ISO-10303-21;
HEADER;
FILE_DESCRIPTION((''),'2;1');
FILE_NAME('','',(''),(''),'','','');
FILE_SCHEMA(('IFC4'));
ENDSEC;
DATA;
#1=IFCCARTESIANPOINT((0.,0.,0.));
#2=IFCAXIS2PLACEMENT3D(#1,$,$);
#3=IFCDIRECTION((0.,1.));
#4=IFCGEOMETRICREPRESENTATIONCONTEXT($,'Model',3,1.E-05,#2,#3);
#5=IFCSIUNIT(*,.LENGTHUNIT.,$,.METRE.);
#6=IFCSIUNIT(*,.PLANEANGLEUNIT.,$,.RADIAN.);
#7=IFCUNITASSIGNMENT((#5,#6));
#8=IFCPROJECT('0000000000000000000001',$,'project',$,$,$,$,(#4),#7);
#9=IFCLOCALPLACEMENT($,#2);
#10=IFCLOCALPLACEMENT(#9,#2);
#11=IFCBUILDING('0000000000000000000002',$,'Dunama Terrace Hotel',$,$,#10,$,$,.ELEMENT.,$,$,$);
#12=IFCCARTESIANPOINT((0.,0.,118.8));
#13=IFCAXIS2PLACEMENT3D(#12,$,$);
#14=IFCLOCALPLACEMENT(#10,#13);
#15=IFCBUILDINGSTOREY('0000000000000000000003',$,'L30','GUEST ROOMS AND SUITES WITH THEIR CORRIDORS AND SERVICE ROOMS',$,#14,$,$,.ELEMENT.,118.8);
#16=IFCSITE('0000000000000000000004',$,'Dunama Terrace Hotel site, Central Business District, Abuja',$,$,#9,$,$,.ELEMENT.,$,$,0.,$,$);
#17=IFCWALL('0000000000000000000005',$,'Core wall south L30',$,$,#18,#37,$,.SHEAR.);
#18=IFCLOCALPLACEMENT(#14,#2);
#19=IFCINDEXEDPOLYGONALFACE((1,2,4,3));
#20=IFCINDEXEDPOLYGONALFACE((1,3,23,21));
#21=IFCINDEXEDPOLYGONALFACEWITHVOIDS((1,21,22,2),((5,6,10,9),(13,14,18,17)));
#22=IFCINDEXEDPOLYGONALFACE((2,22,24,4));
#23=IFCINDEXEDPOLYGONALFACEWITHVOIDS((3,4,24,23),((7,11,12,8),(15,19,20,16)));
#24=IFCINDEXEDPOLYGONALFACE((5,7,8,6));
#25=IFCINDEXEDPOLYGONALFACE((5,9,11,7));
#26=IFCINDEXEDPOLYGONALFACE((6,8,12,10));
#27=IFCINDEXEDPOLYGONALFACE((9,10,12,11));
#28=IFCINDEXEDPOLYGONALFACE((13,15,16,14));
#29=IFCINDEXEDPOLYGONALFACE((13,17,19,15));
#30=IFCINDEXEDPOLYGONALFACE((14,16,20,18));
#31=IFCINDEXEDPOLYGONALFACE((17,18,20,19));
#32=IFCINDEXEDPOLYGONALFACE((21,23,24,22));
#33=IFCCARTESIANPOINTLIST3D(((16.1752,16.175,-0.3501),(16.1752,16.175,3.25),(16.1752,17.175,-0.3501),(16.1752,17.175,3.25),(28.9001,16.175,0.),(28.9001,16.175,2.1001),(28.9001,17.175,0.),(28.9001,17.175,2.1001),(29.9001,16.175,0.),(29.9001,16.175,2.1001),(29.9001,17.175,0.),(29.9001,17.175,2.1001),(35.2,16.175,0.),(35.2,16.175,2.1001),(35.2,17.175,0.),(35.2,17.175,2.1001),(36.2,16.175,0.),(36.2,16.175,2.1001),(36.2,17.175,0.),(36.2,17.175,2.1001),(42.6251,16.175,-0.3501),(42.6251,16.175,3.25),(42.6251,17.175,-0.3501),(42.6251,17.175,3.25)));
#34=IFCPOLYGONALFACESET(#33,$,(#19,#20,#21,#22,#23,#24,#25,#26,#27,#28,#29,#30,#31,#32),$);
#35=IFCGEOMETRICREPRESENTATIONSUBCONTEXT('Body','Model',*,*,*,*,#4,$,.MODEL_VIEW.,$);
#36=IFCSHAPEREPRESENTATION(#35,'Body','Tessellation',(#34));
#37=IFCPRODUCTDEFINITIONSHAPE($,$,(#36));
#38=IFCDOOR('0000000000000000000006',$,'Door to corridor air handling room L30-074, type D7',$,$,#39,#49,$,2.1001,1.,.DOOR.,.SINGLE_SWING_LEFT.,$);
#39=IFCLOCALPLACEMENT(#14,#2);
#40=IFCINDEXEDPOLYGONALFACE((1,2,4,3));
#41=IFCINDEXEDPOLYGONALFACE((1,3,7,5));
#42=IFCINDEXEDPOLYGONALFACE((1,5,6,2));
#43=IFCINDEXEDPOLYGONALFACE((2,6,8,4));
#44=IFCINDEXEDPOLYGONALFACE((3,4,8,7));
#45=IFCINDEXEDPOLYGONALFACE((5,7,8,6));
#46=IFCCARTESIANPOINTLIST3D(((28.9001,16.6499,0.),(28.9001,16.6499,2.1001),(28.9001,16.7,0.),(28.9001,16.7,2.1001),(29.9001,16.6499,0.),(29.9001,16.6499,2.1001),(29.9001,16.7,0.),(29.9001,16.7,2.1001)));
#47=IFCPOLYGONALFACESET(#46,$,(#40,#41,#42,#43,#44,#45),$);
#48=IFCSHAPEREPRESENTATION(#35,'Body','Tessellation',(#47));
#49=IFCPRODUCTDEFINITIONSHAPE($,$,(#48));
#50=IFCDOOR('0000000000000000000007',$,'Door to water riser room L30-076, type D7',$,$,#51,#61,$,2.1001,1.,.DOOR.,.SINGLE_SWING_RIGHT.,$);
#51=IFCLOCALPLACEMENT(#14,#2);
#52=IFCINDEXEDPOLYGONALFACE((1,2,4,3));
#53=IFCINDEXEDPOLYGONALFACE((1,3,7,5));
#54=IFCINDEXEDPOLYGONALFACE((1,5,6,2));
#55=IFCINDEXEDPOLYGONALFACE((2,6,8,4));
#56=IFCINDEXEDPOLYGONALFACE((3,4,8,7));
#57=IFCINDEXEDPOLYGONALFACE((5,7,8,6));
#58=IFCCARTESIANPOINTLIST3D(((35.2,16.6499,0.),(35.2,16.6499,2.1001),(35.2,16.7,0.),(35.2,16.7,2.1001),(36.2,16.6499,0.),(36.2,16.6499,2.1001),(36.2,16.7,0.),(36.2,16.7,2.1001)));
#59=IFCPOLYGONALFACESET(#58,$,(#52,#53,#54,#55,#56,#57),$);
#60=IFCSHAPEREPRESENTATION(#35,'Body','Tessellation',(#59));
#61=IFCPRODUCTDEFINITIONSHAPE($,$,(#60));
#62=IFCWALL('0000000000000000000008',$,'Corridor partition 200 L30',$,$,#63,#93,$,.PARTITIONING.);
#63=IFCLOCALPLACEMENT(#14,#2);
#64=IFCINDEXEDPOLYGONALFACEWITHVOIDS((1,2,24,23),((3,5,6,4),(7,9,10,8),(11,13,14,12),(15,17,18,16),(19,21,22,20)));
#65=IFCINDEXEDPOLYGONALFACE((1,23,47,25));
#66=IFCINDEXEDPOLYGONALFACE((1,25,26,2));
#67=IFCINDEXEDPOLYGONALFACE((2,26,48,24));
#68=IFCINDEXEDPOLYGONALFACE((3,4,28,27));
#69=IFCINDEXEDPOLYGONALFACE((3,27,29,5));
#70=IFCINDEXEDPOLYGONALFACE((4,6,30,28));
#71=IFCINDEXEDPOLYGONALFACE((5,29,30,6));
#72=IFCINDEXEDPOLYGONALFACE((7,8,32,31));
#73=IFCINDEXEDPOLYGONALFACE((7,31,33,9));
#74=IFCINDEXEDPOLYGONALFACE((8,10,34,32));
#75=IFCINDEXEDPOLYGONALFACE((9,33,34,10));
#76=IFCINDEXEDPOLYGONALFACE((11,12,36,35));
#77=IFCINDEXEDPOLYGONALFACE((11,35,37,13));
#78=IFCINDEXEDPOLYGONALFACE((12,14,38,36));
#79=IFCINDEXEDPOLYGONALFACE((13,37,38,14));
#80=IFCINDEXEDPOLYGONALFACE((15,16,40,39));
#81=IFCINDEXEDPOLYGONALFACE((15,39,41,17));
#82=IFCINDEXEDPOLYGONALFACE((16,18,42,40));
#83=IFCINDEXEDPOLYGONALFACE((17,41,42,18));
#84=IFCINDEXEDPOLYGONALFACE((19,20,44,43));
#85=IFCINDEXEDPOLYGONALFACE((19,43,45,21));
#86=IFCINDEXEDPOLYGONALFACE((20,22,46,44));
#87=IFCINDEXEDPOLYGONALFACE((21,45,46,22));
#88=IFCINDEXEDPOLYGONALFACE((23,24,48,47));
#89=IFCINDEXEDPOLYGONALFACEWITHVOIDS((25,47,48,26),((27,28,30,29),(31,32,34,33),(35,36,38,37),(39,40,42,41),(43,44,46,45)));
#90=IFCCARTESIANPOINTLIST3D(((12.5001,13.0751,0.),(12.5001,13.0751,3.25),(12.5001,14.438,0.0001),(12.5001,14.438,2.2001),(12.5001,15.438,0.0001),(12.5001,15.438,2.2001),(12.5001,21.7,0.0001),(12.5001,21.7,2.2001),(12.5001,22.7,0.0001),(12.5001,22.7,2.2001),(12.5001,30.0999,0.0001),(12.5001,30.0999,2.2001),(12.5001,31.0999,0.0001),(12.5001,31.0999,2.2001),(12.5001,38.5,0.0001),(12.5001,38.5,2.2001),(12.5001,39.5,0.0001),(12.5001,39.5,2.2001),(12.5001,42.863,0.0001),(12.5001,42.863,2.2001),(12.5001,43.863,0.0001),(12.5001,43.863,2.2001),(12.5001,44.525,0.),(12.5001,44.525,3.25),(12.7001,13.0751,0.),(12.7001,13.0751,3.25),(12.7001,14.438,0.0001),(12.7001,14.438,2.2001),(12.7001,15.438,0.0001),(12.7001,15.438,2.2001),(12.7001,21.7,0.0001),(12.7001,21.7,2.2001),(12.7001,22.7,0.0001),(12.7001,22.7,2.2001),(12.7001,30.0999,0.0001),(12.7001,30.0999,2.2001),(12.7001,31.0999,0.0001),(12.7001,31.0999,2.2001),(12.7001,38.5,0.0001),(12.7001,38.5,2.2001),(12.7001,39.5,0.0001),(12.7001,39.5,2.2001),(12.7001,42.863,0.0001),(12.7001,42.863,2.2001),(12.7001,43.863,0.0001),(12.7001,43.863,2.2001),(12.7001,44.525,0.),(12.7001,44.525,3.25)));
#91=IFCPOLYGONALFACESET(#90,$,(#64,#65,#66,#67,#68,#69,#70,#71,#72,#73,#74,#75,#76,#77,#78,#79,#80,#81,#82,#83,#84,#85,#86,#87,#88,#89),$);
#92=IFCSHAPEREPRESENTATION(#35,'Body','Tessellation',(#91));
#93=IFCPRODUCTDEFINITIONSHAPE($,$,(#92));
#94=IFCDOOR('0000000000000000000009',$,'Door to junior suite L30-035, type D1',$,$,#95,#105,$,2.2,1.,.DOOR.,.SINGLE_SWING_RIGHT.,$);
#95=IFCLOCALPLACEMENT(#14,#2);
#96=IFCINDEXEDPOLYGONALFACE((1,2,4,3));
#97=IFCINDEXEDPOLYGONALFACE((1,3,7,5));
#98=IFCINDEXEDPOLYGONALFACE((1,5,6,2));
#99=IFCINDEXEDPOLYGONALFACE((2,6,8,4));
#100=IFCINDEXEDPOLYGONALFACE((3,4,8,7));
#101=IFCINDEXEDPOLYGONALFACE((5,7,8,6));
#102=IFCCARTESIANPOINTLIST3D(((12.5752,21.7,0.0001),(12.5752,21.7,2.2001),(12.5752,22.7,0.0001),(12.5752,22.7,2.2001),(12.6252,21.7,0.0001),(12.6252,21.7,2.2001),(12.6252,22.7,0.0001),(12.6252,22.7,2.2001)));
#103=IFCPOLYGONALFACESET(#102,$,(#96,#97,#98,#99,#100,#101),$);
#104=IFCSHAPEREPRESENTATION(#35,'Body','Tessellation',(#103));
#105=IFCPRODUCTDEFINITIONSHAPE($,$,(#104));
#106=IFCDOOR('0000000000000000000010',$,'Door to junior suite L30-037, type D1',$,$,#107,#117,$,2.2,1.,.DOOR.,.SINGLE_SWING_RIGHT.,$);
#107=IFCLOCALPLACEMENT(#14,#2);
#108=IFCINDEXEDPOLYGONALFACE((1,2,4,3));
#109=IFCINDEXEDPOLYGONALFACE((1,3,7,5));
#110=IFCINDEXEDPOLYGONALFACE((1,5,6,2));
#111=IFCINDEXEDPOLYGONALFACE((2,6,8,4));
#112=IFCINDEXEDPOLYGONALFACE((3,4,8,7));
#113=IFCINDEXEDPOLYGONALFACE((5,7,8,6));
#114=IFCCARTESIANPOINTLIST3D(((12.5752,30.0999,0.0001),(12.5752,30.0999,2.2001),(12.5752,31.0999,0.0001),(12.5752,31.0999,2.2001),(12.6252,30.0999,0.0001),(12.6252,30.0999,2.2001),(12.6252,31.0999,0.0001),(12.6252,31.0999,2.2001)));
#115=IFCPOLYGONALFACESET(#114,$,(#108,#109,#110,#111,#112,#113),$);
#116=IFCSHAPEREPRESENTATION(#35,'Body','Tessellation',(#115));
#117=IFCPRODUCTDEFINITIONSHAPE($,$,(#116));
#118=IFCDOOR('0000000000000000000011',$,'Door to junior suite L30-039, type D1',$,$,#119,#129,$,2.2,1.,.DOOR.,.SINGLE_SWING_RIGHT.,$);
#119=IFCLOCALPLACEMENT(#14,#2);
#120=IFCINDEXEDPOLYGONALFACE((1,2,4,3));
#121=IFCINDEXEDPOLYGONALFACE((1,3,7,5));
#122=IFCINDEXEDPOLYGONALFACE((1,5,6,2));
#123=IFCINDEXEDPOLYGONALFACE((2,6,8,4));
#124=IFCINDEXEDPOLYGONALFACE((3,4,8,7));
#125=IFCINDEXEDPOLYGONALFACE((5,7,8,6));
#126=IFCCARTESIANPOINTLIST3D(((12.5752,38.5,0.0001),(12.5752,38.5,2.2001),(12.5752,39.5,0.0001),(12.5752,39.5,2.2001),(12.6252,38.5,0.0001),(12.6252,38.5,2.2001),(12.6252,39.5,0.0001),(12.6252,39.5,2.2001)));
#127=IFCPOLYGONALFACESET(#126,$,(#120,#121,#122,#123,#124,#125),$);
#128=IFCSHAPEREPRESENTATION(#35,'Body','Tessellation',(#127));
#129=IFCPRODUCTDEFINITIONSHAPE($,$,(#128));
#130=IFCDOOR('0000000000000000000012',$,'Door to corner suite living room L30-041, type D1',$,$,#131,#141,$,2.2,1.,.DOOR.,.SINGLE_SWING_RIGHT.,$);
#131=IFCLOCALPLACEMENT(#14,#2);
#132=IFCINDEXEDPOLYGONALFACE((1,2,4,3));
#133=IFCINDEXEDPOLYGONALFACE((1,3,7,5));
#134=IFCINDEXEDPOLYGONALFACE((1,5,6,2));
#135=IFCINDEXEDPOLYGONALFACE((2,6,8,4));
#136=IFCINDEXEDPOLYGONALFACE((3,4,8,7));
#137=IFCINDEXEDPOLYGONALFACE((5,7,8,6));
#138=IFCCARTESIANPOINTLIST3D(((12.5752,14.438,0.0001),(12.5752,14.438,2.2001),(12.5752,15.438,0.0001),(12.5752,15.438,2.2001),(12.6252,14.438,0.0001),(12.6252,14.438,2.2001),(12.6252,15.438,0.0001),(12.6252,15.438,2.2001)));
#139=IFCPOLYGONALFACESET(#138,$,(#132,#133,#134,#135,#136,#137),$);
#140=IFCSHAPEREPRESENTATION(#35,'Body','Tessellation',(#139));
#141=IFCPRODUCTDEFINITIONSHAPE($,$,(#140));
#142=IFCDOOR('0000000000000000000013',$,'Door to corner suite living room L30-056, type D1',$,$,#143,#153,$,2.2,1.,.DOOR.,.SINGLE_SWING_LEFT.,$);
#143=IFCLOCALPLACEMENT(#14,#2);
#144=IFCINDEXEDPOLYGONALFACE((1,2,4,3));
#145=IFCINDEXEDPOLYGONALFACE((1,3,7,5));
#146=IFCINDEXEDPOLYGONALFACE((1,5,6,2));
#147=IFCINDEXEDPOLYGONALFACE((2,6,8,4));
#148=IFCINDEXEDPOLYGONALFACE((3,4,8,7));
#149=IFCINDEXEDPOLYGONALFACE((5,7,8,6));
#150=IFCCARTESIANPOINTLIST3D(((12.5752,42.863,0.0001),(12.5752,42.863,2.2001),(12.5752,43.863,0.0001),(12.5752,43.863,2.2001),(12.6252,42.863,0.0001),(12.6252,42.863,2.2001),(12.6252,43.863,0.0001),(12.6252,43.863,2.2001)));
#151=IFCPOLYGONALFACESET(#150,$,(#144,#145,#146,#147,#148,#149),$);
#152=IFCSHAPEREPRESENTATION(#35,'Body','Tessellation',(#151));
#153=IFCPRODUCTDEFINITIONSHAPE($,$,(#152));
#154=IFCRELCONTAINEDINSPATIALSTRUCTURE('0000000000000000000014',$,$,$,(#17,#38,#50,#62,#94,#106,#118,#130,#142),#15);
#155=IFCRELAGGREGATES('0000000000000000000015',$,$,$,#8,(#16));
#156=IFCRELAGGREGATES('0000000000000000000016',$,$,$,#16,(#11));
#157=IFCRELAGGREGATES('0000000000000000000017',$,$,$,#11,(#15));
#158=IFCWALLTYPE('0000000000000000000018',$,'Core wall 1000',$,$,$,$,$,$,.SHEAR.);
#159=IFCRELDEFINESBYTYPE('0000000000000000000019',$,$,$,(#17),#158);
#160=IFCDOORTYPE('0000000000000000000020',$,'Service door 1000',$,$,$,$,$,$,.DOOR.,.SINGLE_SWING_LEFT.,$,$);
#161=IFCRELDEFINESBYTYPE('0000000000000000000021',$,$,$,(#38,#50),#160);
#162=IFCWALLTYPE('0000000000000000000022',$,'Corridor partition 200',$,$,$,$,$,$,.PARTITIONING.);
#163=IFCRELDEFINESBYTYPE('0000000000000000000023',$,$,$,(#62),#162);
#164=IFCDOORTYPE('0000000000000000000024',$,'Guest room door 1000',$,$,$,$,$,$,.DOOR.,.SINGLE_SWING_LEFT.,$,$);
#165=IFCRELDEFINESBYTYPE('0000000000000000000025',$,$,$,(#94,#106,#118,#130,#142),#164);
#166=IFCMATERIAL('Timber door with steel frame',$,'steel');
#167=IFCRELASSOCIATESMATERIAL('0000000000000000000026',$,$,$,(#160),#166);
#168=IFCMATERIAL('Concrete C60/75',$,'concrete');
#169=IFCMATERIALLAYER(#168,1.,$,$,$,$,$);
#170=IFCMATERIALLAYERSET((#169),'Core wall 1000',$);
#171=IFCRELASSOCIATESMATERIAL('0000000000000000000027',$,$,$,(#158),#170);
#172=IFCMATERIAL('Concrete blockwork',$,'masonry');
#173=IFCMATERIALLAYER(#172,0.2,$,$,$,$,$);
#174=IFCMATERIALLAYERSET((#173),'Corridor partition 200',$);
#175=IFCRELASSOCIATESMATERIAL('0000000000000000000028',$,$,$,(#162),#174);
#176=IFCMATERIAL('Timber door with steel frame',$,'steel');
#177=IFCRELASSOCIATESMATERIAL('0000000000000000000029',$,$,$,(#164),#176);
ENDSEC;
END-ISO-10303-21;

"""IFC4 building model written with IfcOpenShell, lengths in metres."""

from ifc_helpers import new_model, si_unit, direction, frame, frame_2d, origin, place, context, subcontext, project, spatial, rectangle, extrude, material, layer, layer_set, type_object, element, fill, save


model = new_model("IFC4")

# Units and contexts
model_context = context("Model", 3, precision=1e-05, world=origin(), true_north=direction((0.0, 1.0)))
body_context = subcontext(model_context, "Body", "Model", "MODEL_VIEW")
ifc_project = project(units=[si_unit("LENGTHUNIT", "METRE"), si_unit("PLANEANGLEUNIT", "RADIAN")], contexts=[model_context])

# Site, building, storey
site_placement = place(None, origin())
site = spatial("IfcSite", under=ifc_project, at=site_placement, Name="Dunama Terrace Hotel site, Central Business District, Abuja", CompositionType="ELEMENT", RefElevation=0.0)
building_placement = place(site_placement, origin())
building = spatial("IfcBuilding", under=site, at=building_placement, Name="Dunama Terrace Hotel", CompositionType="ELEMENT")
storey_placement = place(building_placement, frame((0.0, 0.0, 118.8)))
storey = spatial("IfcBuildingStorey", under=building, at=storey_placement, Name="L30", Description="GUEST ROOMS AND SUITES WITH THEIR CORRIDORS AND SERVICE ROOMS", CompositionType="ELEMENT", Elevation=118.8)

# Shared definitions
ifc_material_1 = material(Name="Timber door with steel frame", Category="steel")
door_type_1 = type_object("IfcDoorType", Name="Service door 1000", OperationType="SINGLE_SWING_LEFT", PredefinedType="DOOR", material=ifc_material_1)

# Walls, openings, doors
ifc_material_2 = material(Name="Concrete C60/75", Category="concrete")
ifc_layer_1 = layer(ifc_material_2, 1.0)
ifc_layer_set_1 = layer_set([ifc_layer_1], Name="Core wall 1000")
wall_type_1 = type_object("IfcWallType", Name="Core wall 1000", PredefinedType="SHEAR", material=ifc_layer_set_1)
wall_1_placement = place(storey_placement, frame((16.175, 16.675, -0.3501), z_axis=(0.0, 0.0, 1.0), x_axis=(1.0, 0.0, 0.0)))
wall_1 = element("IfcWall", 1, at=wall_1_placement, inside=storey, type_object=wall_type_1, Name="Core wall south L30", PredefinedType="SHEAR", context=body_context, shape_type="SweptSolid", body=[
    extrude(rectangle(XDim=26.45, YDim=1.0, at=frame_2d((13.2251, 0.0))), origin(), (0.0, 0.0, 1.0), 3.6001),
])
opening_1_placement = place(wall_1_placement, frame((12.7251, 0.0, 0.3501)))
opening_1 = element("IfcOpeningElement", 2, at=opening_1_placement, cuts=wall_1, PredefinedType="OPENING", context=body_context, shape_type="SweptSolid", body=[
    extrude(rectangle(XDim=1.0, YDim=2.1001, at=frame_2d((0.5, 1.05))), frame((0.0, 0.51, 0.0), z_axis=(0.0, -1.0, 0.0), x_axis=(1.0, 0.0, 0.0)), (0.0, 0.0, 1.0), 1.02),
])
opening_2_placement = place(wall_1_placement, frame((19.0249, 0.0, 0.3501)))
opening_2 = element("IfcOpeningElement", 3, at=opening_2_placement, cuts=wall_1, PredefinedType="OPENING", context=body_context, shape_type="SweptSolid", body=[
    extrude(rectangle(XDim=1.0, YDim=2.1001, at=frame_2d((0.5, 1.05))), frame((0.0, 0.51, 0.0), z_axis=(0.0, -1.0, 0.0), x_axis=(1.0, 0.0, 0.0)), (0.0, 0.0, 1.0), 1.02),
])
door_1_placement = place(opening_1_placement, origin())
door_1 = element("IfcDoor", 4, at=door_1_placement, inside=storey, type_object=door_type_1, Name="Door to corridor air handling room L30-074, type D7", OperationType="SINGLE_SWING_LEFT", OverallHeight=2.1001, OverallWidth=1.0, PredefinedType="DOOR", context=body_context, shape_type="SweptSolid", body=[
    extrude(rectangle(XDim=1.0, YDim=2.1001, at=frame_2d((0.5, 1.05))), frame((0.0, 0.0249, 0.0), z_axis=(0.0, -1.0, 0.0), x_axis=(1.0, 0.0, 0.0)), (0.0, 0.0, 1.0), 0.05),
])
fill(opening_1, door_1)
door_2_placement = place(opening_2_placement, origin())
door_2 = element("IfcDoor", 5, at=door_2_placement, inside=storey, type_object=door_type_1, Name="Door to water riser room L30-076, type D7", OperationType="SINGLE_SWING_RIGHT", OverallHeight=2.1001, OverallWidth=1.0, PredefinedType="DOOR", context=body_context, shape_type="SweptSolid", body=[
    extrude(rectangle(XDim=1.0, YDim=2.1001, at=frame_2d((0.5, 1.05))), frame((0.0, 0.0249, 0.0), z_axis=(0.0, -1.0, 0.0), x_axis=(1.0, 0.0, 0.0)), (0.0, 0.0, 1.0), 0.05),
])
fill(opening_2, door_2)
ifc_material_3 = material(Name="Concrete blockwork", Category="masonry")
ifc_layer_2 = layer(ifc_material_3, 0.2)
ifc_layer_set_2 = layer_set([ifc_layer_2], Name="Corridor partition 200")
wall_type_2 = type_object("IfcWallType", Name="Corridor partition 200", PredefinedType="PARTITIONING", material=ifc_layer_set_2)
wall_2_placement = place(storey_placement, frame((12.6001, 13.075, 0.0), z_axis=(0.0, 0.0, 1.0), x_axis=(0.0, 1.0, 0.0)))
wall_2 = element("IfcWall", 6, at=wall_2_placement, inside=storey, type_object=wall_type_2, Name="Corridor partition 200 L30", PredefinedType="PARTITIONING", context=body_context, shape_type="SweptSolid", body=[
    extrude(rectangle(XDim=31.45, YDim=0.2, at=frame_2d((15.7251, 0.0))), origin(), (0.0, 0.0, 1.0), 3.25),
])
opening_3_placement = place(wall_2_placement, frame((8.625, 0.0, 0.0)))
opening_3 = element("IfcOpeningElement", 7, at=opening_3_placement, cuts=wall_2, PredefinedType="OPENING", context=body_context, shape_type="SweptSolid", body=[
    extrude(rectangle(XDim=1.0, YDim=2.2, at=frame_2d((0.5, 1.1001))), frame((0.0, 0.1099, 0.0), z_axis=(0.0, -1.0, 0.0), x_axis=(1.0, 0.0, 0.0)), (0.0, 0.0, 1.0), 0.22),
])
opening_4_placement = place(wall_2_placement, frame((17.0249, 0.0, 0.0)))
opening_4 = element("IfcOpeningElement", 8, at=opening_4_placement, cuts=wall_2, PredefinedType="OPENING", context=body_context, shape_type="SweptSolid", body=[
    extrude(rectangle(XDim=1.0, YDim=2.2, at=frame_2d((0.5, 1.1001))), frame((0.0, 0.1099, 0.0), z_axis=(0.0, -1.0, 0.0), x_axis=(1.0, 0.0, 0.0)), (0.0, 0.0, 1.0), 0.22),
])
opening_5_placement = place(wall_2_placement, frame((25.425, 0.0, 0.0)))
opening_5 = element("IfcOpeningElement", 9, at=opening_5_placement, cuts=wall_2, PredefinedType="OPENING", context=body_context, shape_type="SweptSolid", body=[
    extrude(rectangle(XDim=1.0, YDim=2.2, at=frame_2d((0.5, 1.1001))), frame((0.0, 0.1099, 0.0), z_axis=(0.0, -1.0, 0.0), x_axis=(1.0, 0.0, 0.0)), (0.0, 0.0, 1.0), 0.22),
])
opening_6_placement = place(wall_2_placement, frame((1.363, 0.0, 0.0)))
opening_6 = element("IfcOpeningElement", 10, at=opening_6_placement, cuts=wall_2, PredefinedType="OPENING", context=body_context, shape_type="SweptSolid", body=[
    extrude(rectangle(XDim=1.0, YDim=2.2, at=frame_2d((0.5, 1.1001))), frame((0.0, 0.1099, 0.0), z_axis=(0.0, -1.0, 0.0), x_axis=(1.0, 0.0, 0.0)), (0.0, 0.0, 1.0), 0.22),
])
opening_7_placement = place(wall_2_placement, frame((29.7881, 0.0, 0.0)))
opening_7 = element("IfcOpeningElement", 11, at=opening_7_placement, cuts=wall_2, PredefinedType="OPENING", context=body_context, shape_type="SweptSolid", body=[
    extrude(rectangle(XDim=1.0, YDim=2.2, at=frame_2d((0.5, 1.1001))), frame((0.0, 0.1099, 0.0), z_axis=(0.0, -1.0, 0.0), x_axis=(1.0, 0.0, 0.0)), (0.0, 0.0, 1.0), 0.22),
])
ifc_material_4 = material(Name="Timber door with steel frame", Category="steel")
door_type_2 = type_object("IfcDoorType", Name="Guest room door 1000", OperationType="SINGLE_SWING_LEFT", PredefinedType="DOOR", material=ifc_material_4)
door_3_placement = place(opening_3_placement, origin())
door_3 = element("IfcDoor", 12, at=door_3_placement, inside=storey, type_object=door_type_2, Name="Door to junior suite L30-035, type D1", OperationType="SINGLE_SWING_RIGHT", OverallHeight=2.2, OverallWidth=1.0, PredefinedType="DOOR", context=body_context, shape_type="SweptSolid", body=[
    extrude(rectangle(XDim=1.0, YDim=2.2, at=frame_2d((0.5, 1.1001))), frame((0.0, 0.0249, 0.0), z_axis=(0.0, -1.0, 0.0), x_axis=(1.0, 0.0, 0.0)), (0.0, 0.0, 1.0), 0.05),
])
fill(opening_3, door_3)
door_4_placement = place(opening_4_placement, origin())
door_4 = element("IfcDoor", 13, at=door_4_placement, inside=storey, type_object=door_type_2, Name="Door to junior suite L30-037, type D1", OperationType="SINGLE_SWING_RIGHT", OverallHeight=2.2, OverallWidth=1.0, PredefinedType="DOOR", context=body_context, shape_type="SweptSolid", body=[
    extrude(rectangle(XDim=1.0, YDim=2.2, at=frame_2d((0.5, 1.1001))), frame((0.0, 0.0249, 0.0), z_axis=(0.0, -1.0, 0.0), x_axis=(1.0, 0.0, 0.0)), (0.0, 0.0, 1.0), 0.05),
])
fill(opening_4, door_4)
door_5_placement = place(opening_5_placement, origin())
door_5 = element("IfcDoor", 14, at=door_5_placement, inside=storey, type_object=door_type_2, Name="Door to junior suite L30-039, type D1", OperationType="SINGLE_SWING_RIGHT", OverallHeight=2.2, OverallWidth=1.0, PredefinedType="DOOR", context=body_context, shape_type="SweptSolid", body=[
    extrude(rectangle(XDim=1.0, YDim=2.2, at=frame_2d((0.5, 1.1001))), frame((0.0, 0.0249, 0.0), z_axis=(0.0, -1.0, 0.0), x_axis=(1.0, 0.0, 0.0)), (0.0, 0.0, 1.0), 0.05),
])
fill(opening_5, door_5)
door_6_placement = place(opening_6_placement, origin())
door_6 = element("IfcDoor", 15, at=door_6_placement, inside=storey, type_object=door_type_2, Name="Door to corner suite living room L30-041, type D1", OperationType="SINGLE_SWING_RIGHT", OverallHeight=2.2, OverallWidth=1.0, PredefinedType="DOOR", context=body_context, shape_type="SweptSolid", body=[
    extrude(rectangle(XDim=1.0, YDim=2.2, at=frame_2d((0.5, 1.1001))), frame((0.0, 0.0249, 0.0), z_axis=(0.0, -1.0, 0.0), x_axis=(1.0, 0.0, 0.0)), (0.0, 0.0, 1.0), 0.05),
])
fill(opening_6, door_6)
door_7_placement = place(opening_7_placement, origin())
door_7 = element("IfcDoor", 16, at=door_7_placement, inside=storey, type_object=door_type_2, Name="Door to corner suite living room L30-056, type D1", OperationType="SINGLE_SWING_LEFT", OverallHeight=2.2, OverallWidth=1.0, PredefinedType="DOOR", context=body_context, shape_type="SweptSolid", body=[
    extrude(rectangle(XDim=1.0, YDim=2.2, at=frame_2d((0.5, 1.1001))), frame((0.0, 0.0249, 0.0), z_axis=(0.0, -1.0, 0.0), x_axis=(1.0, 0.0, 0.0)), (0.0, 0.0, 1.0), 0.05),
])
fill(opening_7, door_7)

save(model, "model.ifc")
